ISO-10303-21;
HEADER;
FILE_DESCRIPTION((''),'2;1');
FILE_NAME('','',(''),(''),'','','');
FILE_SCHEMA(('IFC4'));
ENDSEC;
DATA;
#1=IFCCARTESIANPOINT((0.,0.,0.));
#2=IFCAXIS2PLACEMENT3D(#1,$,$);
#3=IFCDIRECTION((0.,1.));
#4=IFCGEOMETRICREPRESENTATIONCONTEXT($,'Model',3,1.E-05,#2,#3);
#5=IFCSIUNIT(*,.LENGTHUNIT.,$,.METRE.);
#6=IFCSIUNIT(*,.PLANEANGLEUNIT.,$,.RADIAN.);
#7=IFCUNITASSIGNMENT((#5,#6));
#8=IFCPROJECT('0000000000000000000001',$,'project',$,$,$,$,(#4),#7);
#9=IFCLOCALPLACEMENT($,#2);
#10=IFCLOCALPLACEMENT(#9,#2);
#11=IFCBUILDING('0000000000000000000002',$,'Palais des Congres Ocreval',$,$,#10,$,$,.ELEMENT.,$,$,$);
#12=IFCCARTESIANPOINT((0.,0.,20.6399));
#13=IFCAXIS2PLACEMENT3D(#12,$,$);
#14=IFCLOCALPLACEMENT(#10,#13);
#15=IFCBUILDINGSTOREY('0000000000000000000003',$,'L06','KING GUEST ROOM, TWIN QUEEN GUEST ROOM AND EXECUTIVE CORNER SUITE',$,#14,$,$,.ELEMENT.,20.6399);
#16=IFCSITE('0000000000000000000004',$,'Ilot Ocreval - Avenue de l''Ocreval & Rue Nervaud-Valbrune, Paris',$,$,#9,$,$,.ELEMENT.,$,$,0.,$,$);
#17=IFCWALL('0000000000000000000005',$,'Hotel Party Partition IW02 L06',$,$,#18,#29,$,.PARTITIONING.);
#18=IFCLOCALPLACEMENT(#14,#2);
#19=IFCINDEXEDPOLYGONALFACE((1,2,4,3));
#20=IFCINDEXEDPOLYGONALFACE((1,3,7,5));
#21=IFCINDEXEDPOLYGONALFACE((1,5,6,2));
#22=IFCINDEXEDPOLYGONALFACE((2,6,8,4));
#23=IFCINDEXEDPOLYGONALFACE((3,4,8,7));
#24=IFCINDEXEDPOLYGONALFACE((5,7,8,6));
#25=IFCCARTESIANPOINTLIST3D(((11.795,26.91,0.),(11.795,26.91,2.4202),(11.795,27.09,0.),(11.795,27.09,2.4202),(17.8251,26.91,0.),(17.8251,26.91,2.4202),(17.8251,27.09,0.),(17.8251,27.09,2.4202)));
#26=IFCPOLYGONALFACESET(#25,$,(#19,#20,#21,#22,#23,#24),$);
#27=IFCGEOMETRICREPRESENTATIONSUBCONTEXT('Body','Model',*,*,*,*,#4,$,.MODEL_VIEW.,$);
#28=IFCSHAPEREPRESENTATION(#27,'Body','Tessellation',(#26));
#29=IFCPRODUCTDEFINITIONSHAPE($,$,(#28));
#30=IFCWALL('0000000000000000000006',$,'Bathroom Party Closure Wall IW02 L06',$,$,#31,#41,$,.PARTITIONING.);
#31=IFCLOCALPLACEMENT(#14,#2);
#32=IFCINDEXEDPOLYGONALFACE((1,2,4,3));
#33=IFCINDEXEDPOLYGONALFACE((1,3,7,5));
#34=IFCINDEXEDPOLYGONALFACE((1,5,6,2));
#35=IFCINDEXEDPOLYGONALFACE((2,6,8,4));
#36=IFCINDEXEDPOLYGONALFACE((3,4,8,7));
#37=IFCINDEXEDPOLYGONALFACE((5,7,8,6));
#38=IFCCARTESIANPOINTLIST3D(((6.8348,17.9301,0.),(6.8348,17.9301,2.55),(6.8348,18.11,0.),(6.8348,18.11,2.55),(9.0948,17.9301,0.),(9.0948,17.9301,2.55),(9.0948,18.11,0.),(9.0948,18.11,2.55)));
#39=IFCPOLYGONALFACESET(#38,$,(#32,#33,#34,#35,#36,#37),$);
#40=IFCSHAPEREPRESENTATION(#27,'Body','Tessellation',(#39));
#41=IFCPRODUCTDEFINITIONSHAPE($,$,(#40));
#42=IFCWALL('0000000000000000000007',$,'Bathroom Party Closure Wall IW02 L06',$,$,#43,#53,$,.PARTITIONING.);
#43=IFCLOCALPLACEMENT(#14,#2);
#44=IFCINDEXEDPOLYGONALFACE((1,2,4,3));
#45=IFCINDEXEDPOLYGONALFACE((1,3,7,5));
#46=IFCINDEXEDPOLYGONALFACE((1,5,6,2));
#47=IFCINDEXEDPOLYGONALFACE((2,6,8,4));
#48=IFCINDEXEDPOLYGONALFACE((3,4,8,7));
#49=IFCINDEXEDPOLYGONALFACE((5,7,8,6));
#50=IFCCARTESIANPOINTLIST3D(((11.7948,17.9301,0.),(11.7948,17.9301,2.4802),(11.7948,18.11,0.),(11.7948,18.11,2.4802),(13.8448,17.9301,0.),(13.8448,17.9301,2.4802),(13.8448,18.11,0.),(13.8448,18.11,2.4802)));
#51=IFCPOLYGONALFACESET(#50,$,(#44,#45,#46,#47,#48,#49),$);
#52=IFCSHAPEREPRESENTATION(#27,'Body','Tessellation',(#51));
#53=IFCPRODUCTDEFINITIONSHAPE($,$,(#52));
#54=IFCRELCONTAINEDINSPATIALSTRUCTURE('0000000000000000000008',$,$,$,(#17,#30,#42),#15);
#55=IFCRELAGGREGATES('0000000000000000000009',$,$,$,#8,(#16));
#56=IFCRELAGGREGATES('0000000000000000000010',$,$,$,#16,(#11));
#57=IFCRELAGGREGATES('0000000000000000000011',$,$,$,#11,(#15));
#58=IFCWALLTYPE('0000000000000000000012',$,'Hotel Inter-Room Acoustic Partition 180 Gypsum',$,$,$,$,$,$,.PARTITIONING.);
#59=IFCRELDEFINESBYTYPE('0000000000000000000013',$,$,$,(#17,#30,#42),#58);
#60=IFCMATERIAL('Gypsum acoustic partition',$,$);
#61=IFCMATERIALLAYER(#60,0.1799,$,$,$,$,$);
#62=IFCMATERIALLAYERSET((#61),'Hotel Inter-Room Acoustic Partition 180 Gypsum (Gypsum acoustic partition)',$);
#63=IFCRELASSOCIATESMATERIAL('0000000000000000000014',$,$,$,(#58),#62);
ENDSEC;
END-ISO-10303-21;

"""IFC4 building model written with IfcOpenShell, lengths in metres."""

from ifc_helpers import new_model, si_unit, direction, frame, frame_2d, origin, place, context, subcontext, project, spatial, rectangle, extrude, material, layer, layer_set, type_object, element, save


model = new_model("IFC4")

# Units and contexts
model_context = context("Model", 3, precision=1e-05, world=origin(), true_north=direction((0.0, 1.0)))
body_context = subcontext(model_context, "Body", "Model", "MODEL_VIEW")
ifc_project = project(units=[si_unit("LENGTHUNIT", "METRE"), si_unit("PLANEANGLEUNIT", "RADIAN")], contexts=[model_context])

# Site, building, storey
site_placement = place(None, origin())
site = spatial("IfcSite", under=ifc_project, at=site_placement, Name="Ilot Ocreval - Avenue de l'Ocreval & Rue Nervaud-Valbrune, Paris", CompositionType="ELEMENT", RefElevation=0.0)
building_placement = place(site_placement, origin())
building = spatial("IfcBuilding", under=site, at=building_placement, Name="Palais des Congres Ocreval", CompositionType="ELEMENT")
storey_placement = place(building_placement, frame((0.0, 0.0, 20.6399)))
storey = spatial("IfcBuildingStorey", under=building, at=storey_placement, Name="L06", Description="KING GUEST ROOM, TWIN QUEEN GUEST ROOM AND EXECUTIVE CORNER SUITE", CompositionType="ELEMENT", Elevation=20.6399)

# Shared definitions
ifc_material_1 = material(Name="Gypsum acoustic partition")

# Walls
ifc_layer_1 = layer(ifc_material_1, 0.1799)
ifc_layer_set_1 = layer_set([ifc_layer_1], Name="Hotel Inter-Room Acoustic Partition 180 Gypsum (Gypsum acoustic partition)")
wall_type_1 = type_object("IfcWallType", Name="Hotel Inter-Room Acoustic Partition 180 Gypsum", PredefinedType="PARTITIONING", material=ifc_layer_set_1)
wall_1_placement = place(storey_placement, frame((11.7949, 27.0, 0.0), z_axis=(0.0, 0.0, 1.0), x_axis=(1.0, 0.0, 0.0)))
element("IfcWall", 1, at=wall_1_placement, inside=storey, type_object=wall_type_1, Name="Hotel Party Partition IW02 L06", PredefinedType="PARTITIONING", context=body_context, shape_type="SweptSolid", body=[
    extrude(rectangle(XDim=6.03, YDim=0.1799, at=frame_2d((3.0151, 0.0))), origin(), (0.0, 0.0, 1.0), 2.4202),
])
wall_2_placement = place(storey_placement, frame((6.835, 18.02, 0.0), z_axis=(0.0, 0.0, 1.0), x_axis=(1.0, 0.0, 0.0)))
element("IfcWall", 2, at=wall_2_placement, inside=storey, type_object=wall_type_1, Name="Bathroom Party Closure Wall IW02 L06", PredefinedType="PARTITIONING", context=body_context, shape_type="SweptSolid", body=[
    extrude(rectangle(XDim=2.26, YDim=0.1799, at=frame_2d((1.1299, 0.0))), origin(), (0.0, 0.0, 1.0), 2.55),
])
wall_3_placement = place(storey_placement, frame((11.7949, 18.02, 0.0), z_axis=(0.0, 0.0, 1.0), x_axis=(1.0, 0.0, 0.0)))
element("IfcWall", 3, at=wall_3_placement, inside=storey, type_object=wall_type_1, Name="Bathroom Party Closure Wall IW02 L06", PredefinedType="PARTITIONING", context=body_context, shape_type="SweptSolid", body=[
    extrude(rectangle(XDim=2.05, YDim=0.1799, at=frame_2d((1.0249, 0.0))), origin(), (0.0, 0.0, 1.0), 2.4802),
])

save(model, "model.ifc")
